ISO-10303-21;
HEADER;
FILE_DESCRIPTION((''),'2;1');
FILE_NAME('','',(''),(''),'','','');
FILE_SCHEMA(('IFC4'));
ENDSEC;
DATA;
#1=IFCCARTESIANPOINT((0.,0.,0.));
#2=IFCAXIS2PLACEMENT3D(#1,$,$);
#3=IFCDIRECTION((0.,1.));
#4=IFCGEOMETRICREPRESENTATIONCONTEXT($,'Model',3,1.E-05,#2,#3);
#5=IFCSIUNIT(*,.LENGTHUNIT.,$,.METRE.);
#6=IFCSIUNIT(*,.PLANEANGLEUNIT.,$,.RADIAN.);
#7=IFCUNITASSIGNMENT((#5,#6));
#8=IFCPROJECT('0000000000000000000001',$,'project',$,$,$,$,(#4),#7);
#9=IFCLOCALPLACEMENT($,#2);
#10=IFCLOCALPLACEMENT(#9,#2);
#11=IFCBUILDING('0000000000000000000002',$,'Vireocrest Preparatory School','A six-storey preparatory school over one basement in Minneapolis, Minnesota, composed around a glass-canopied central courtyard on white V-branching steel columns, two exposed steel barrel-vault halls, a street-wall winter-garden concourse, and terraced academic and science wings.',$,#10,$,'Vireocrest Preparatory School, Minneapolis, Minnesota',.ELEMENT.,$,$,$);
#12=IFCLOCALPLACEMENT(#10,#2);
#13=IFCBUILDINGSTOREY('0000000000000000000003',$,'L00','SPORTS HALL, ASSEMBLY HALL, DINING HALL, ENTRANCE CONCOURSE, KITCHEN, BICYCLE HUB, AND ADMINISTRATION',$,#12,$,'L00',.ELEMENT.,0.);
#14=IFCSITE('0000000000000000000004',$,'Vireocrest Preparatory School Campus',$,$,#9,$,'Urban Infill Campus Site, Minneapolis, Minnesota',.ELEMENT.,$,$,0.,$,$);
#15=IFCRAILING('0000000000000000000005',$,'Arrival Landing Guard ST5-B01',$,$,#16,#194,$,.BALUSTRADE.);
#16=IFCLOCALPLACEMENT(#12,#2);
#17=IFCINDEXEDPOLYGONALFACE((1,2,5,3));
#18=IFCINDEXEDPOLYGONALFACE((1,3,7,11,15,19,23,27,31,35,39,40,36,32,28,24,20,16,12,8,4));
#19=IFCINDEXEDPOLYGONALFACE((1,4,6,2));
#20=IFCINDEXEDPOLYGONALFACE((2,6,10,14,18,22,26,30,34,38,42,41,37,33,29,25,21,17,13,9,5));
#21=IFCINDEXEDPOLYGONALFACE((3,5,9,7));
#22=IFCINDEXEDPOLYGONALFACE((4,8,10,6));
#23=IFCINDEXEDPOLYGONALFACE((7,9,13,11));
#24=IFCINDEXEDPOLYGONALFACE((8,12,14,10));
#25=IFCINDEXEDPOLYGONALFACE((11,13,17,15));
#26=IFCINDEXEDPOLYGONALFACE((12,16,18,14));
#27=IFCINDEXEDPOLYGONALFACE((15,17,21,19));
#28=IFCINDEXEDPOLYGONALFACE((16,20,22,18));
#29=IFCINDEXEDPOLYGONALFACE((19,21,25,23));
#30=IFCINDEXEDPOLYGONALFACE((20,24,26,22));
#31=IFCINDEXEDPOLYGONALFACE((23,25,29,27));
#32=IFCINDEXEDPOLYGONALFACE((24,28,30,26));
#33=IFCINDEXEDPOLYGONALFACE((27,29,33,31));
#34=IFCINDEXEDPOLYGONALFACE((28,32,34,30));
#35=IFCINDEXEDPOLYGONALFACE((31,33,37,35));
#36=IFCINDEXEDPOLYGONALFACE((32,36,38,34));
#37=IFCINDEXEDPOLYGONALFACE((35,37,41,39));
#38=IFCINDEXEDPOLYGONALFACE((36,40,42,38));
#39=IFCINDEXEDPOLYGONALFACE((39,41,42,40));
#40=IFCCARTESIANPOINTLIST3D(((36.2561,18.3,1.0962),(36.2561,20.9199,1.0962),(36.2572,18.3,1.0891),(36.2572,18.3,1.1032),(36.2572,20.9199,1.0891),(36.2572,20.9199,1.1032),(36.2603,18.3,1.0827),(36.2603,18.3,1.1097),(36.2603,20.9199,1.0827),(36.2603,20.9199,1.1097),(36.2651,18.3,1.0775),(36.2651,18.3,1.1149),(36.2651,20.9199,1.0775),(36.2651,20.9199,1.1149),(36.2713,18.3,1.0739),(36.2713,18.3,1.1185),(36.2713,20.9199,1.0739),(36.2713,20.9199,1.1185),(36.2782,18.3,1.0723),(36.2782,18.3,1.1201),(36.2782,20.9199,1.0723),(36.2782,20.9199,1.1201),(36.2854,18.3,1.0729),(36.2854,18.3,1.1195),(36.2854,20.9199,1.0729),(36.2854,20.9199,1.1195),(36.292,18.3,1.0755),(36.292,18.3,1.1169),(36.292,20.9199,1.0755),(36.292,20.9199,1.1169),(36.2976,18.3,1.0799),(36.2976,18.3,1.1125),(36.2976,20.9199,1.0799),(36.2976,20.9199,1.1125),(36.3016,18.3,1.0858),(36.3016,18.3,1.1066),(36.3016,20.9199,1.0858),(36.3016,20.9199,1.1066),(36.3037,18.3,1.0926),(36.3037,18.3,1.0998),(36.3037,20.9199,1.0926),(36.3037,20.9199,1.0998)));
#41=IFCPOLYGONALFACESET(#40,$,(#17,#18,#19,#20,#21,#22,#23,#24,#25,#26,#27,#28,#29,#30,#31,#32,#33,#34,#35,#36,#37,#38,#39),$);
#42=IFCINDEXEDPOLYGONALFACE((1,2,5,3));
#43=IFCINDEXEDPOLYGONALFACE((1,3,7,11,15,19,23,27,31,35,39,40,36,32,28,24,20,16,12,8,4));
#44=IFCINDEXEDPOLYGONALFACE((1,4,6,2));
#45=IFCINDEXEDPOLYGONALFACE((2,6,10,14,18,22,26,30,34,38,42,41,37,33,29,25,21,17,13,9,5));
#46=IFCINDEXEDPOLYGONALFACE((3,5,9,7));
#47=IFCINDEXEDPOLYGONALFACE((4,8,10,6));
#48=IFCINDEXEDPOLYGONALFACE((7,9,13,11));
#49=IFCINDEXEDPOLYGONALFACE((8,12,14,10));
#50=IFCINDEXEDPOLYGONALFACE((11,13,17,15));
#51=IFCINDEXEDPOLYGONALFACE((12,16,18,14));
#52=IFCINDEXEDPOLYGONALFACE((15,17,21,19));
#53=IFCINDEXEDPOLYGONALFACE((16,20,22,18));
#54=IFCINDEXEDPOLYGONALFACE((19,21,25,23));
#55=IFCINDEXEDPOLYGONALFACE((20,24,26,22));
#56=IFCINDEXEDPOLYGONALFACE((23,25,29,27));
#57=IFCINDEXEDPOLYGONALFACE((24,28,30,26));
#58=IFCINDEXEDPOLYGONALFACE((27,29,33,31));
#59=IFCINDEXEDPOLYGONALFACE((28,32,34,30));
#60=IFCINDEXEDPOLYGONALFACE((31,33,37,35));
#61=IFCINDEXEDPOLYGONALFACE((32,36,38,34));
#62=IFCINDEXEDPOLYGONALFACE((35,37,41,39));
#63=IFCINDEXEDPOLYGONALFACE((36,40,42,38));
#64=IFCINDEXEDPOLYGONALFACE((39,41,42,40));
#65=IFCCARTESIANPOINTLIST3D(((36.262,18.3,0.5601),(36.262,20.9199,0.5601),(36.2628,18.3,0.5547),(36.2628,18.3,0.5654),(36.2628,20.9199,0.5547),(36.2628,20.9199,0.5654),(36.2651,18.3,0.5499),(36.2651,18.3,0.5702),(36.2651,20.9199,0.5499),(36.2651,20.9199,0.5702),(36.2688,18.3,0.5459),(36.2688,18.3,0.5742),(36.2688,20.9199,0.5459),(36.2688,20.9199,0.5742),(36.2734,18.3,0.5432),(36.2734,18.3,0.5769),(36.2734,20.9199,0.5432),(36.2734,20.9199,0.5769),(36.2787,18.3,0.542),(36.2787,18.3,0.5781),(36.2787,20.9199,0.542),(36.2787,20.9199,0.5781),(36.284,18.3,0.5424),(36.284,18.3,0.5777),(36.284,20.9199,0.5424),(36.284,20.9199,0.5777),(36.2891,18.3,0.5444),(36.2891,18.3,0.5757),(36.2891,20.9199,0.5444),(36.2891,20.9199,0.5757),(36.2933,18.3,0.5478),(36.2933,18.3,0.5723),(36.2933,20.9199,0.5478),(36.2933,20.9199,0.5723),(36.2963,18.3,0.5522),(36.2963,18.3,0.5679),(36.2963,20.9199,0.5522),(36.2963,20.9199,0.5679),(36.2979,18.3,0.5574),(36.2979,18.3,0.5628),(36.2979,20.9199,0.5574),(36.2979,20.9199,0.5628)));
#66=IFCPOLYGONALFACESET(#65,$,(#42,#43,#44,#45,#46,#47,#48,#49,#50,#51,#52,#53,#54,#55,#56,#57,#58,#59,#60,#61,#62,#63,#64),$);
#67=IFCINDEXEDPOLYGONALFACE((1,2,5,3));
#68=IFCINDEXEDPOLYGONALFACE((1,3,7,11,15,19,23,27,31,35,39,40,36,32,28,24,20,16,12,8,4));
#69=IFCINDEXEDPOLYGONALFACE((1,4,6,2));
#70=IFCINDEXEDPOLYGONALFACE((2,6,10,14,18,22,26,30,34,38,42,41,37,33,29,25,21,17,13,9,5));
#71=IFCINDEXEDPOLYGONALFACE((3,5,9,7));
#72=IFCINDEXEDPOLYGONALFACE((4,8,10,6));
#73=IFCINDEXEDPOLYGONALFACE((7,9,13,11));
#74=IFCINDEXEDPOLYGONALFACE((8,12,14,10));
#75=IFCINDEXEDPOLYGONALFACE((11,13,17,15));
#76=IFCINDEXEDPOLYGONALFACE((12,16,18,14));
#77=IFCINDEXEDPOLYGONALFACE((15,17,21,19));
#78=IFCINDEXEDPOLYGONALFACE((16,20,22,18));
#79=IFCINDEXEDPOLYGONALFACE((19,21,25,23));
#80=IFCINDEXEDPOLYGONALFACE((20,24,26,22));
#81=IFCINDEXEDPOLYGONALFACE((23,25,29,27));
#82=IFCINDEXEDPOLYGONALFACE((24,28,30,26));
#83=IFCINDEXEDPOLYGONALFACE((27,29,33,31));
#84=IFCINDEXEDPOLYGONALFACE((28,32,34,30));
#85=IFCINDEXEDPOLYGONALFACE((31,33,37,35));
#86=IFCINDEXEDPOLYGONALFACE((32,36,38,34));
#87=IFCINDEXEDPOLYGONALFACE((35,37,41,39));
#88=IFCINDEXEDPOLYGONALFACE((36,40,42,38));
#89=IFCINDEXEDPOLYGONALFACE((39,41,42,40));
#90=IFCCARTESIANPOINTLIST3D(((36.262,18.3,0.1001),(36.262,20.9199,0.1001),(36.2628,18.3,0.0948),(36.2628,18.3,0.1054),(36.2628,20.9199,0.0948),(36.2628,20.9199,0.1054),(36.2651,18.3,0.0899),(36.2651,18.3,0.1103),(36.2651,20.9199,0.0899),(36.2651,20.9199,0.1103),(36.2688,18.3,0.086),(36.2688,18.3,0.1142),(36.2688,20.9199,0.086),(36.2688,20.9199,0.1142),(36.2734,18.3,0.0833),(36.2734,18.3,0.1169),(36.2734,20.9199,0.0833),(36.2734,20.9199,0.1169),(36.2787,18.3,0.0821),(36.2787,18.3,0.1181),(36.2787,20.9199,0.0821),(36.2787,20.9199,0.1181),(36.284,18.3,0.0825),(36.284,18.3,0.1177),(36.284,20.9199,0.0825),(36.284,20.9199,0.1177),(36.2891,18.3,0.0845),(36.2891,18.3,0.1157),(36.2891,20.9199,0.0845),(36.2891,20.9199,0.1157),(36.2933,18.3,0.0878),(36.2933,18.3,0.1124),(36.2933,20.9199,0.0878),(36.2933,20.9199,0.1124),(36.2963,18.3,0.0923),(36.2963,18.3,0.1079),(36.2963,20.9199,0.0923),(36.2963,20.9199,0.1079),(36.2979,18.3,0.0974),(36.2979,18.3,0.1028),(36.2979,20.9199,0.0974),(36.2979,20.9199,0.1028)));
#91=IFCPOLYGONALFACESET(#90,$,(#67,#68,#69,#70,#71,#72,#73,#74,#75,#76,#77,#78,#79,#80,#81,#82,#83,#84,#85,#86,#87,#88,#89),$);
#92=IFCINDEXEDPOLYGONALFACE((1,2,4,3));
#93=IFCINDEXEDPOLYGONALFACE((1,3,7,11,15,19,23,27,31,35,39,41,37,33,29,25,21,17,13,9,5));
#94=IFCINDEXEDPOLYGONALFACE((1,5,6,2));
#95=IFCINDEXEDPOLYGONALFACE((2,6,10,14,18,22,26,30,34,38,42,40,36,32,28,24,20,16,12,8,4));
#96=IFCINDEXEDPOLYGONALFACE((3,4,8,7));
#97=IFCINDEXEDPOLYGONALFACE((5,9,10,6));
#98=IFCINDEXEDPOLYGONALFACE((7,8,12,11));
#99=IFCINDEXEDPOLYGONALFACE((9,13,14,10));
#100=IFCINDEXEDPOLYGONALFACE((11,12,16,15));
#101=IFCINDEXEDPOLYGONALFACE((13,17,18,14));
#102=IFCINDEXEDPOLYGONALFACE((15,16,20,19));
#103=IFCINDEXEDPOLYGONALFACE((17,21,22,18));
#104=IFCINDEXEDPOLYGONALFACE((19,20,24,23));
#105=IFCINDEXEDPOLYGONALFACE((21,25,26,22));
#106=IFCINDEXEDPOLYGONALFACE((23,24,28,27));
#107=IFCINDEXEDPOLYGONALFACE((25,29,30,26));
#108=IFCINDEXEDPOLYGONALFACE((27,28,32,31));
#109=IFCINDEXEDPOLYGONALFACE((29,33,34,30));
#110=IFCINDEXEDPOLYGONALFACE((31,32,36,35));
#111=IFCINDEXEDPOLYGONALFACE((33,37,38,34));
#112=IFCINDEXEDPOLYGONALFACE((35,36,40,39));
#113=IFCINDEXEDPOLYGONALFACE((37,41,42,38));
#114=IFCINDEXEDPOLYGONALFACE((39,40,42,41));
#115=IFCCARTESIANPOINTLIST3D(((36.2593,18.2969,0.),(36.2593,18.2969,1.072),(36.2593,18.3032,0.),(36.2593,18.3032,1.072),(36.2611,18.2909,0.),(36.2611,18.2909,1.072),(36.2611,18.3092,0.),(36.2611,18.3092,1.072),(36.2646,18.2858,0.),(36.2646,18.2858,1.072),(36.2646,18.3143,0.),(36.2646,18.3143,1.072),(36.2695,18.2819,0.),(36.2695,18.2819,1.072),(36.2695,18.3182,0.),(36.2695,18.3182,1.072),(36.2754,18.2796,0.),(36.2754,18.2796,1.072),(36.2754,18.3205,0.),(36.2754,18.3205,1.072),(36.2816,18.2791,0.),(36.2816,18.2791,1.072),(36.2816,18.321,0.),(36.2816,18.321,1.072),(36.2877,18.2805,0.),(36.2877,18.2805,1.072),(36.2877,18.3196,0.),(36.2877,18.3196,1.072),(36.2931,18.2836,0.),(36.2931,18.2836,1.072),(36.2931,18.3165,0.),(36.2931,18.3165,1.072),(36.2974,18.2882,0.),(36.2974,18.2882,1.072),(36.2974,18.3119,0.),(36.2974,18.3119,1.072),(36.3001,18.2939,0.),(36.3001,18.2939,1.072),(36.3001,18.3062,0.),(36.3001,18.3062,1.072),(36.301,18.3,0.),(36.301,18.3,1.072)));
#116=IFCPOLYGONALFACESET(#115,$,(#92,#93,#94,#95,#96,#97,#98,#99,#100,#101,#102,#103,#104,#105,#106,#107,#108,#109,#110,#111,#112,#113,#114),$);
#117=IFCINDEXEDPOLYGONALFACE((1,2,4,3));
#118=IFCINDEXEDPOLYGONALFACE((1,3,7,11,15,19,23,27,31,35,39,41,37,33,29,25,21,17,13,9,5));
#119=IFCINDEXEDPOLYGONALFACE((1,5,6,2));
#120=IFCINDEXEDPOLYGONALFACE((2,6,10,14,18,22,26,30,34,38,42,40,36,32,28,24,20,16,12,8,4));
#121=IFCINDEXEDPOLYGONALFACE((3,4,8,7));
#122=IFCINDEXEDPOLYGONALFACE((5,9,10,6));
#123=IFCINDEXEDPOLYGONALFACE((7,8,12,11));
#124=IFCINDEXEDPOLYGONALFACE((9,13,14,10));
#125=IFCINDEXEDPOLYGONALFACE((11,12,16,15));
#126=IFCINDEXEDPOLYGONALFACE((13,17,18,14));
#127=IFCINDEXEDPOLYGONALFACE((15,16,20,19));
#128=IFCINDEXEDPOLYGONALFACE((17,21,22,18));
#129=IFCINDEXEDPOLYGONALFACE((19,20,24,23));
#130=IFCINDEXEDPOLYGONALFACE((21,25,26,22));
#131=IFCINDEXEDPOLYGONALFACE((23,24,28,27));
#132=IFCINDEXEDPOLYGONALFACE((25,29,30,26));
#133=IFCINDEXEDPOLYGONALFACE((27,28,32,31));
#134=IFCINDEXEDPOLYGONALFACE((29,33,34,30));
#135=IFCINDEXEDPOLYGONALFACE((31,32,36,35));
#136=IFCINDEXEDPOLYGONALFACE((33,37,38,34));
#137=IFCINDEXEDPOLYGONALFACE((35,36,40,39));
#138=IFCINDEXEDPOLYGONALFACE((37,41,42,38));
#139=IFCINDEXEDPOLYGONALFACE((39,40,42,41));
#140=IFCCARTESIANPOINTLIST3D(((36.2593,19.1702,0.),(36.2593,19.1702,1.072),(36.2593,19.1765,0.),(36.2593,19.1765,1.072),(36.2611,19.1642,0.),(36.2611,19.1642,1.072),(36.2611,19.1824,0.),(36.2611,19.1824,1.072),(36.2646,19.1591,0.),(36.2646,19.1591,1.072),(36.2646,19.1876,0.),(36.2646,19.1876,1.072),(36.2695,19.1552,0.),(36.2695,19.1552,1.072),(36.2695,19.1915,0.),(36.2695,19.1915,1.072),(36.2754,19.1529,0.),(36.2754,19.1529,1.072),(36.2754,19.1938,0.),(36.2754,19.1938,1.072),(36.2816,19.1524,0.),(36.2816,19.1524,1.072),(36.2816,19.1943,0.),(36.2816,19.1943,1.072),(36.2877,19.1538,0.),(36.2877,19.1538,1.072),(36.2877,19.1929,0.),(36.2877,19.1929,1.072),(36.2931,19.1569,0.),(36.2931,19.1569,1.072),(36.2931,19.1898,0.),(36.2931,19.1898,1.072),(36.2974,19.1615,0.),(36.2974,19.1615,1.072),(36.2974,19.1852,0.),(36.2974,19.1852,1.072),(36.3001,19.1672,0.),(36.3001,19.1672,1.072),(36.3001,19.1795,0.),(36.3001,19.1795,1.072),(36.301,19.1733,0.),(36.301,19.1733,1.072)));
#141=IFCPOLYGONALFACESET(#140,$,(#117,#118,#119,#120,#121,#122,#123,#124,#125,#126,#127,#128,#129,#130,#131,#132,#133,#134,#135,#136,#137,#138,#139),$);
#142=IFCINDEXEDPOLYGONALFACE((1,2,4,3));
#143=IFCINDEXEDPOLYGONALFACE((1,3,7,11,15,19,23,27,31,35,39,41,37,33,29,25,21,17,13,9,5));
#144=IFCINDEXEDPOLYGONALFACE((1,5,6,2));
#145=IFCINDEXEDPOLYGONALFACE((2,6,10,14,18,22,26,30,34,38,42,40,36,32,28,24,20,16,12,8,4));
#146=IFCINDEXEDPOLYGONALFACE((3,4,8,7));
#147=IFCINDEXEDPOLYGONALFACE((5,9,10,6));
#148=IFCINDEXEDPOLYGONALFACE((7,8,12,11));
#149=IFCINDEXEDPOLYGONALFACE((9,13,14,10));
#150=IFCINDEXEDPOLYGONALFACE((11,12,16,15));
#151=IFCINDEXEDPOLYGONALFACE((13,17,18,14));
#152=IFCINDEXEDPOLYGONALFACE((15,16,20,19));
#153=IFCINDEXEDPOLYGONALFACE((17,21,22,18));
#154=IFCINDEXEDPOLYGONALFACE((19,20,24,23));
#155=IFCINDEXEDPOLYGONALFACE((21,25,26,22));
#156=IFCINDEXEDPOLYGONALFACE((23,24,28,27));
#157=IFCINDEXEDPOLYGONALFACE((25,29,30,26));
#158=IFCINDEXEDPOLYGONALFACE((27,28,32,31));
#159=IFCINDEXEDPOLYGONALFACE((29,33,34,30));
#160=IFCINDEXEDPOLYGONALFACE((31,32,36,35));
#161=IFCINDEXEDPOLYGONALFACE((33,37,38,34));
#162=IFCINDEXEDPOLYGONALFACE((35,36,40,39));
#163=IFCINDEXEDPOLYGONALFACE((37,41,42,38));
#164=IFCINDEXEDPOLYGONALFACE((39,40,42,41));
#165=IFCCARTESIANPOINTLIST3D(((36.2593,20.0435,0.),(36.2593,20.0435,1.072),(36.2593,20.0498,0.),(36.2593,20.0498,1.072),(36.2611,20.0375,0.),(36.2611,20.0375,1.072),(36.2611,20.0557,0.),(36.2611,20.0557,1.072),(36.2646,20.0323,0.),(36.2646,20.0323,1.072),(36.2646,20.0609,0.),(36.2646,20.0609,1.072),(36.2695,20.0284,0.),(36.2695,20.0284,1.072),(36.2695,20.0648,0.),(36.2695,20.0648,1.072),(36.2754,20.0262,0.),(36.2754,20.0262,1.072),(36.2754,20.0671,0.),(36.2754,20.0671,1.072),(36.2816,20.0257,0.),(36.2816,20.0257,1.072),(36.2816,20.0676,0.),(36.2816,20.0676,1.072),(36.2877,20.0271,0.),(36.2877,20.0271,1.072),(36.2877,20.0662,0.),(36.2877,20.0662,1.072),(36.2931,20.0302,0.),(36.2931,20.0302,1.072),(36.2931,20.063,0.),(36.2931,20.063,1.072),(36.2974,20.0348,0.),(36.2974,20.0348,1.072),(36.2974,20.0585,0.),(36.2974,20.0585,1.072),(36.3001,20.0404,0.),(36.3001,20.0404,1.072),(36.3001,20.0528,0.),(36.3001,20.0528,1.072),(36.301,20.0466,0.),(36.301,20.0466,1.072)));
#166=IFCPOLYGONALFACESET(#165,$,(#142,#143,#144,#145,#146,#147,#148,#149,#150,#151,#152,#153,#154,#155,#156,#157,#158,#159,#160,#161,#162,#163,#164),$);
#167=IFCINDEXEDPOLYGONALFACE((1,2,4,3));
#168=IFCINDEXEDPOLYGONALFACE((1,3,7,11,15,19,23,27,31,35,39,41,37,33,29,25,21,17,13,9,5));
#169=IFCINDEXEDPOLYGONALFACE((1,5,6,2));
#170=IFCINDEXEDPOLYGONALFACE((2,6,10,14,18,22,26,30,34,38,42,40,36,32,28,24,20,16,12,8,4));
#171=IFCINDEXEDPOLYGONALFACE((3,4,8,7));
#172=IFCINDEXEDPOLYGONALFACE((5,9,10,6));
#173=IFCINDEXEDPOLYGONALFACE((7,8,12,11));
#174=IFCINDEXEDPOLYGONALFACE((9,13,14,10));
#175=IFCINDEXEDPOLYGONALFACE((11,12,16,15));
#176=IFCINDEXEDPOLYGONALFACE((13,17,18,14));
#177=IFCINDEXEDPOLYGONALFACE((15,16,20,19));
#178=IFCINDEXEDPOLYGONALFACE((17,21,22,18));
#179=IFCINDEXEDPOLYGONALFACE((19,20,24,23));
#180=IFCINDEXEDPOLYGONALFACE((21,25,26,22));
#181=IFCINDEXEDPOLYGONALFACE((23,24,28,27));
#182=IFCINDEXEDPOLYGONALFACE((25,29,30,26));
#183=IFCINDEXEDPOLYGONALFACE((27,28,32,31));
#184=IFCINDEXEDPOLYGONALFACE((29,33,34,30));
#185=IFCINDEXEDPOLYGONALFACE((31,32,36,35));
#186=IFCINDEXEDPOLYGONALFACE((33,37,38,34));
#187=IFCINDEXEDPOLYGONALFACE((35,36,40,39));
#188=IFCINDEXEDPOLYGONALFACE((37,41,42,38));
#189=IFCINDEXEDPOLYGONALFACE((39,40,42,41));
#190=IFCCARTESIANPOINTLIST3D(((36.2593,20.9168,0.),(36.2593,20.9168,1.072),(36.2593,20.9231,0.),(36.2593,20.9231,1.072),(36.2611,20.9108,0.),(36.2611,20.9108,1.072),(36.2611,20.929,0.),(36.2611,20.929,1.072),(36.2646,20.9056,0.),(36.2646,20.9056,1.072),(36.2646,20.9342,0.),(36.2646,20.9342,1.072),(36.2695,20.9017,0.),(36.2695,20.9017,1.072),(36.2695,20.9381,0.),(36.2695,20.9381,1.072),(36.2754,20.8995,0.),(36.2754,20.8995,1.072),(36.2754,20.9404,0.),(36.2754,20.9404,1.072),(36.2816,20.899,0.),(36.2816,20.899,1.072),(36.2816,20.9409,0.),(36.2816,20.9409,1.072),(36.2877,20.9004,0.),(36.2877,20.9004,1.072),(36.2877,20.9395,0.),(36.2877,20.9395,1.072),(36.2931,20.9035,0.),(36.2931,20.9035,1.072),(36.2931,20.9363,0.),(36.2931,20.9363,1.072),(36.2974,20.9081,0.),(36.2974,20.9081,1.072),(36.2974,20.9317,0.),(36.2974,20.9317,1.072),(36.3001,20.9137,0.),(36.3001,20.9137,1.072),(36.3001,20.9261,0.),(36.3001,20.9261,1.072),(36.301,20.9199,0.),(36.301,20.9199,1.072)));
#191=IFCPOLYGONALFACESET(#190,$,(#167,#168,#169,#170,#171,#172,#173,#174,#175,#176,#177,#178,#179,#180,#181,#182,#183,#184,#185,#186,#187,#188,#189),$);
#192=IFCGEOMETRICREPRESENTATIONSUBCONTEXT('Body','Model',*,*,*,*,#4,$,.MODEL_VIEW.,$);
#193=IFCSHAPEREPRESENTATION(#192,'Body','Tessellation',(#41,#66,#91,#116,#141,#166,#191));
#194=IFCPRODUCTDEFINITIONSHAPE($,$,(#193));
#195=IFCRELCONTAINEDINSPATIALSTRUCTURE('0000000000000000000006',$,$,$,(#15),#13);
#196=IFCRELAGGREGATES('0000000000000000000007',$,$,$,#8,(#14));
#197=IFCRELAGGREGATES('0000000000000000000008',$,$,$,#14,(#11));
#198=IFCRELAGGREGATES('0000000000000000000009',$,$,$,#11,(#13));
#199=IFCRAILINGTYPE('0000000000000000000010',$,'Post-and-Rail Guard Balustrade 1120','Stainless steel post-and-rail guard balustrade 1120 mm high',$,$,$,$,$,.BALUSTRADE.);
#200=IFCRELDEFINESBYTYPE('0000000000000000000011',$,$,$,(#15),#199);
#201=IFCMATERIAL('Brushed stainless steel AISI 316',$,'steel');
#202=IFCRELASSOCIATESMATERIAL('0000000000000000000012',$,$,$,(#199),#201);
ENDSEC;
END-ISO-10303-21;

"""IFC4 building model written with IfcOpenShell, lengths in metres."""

from ifc_helpers import new_model, si_unit, direction, frame, origin, origin_2d, place, context, subcontext, project, spatial, circle, extrude, material, type_object, element, save


model = new_model("IFC4")

# Units and contexts
model_context = context("Model", 3, precision=1e-05, world=origin(), true_north=direction((0.0, 1.0)))
body_context = subcontext(model_context, "Body", "Model", "MODEL_VIEW")
ifc_project = project(units=[si_unit("LENGTHUNIT", "METRE"), si_unit("PLANEANGLEUNIT", "RADIAN")], contexts=[model_context])

# Site, building, storey
site_placement = place(None, origin())
site = spatial("IfcSite", under=ifc_project, at=site_placement, Name="Vireocrest Preparatory School Campus", LongName="Urban Infill Campus Site, Minneapolis, Minnesota", CompositionType="ELEMENT", RefElevation=0.0)
building_placement = place(site_placement, origin())
building = spatial("IfcBuilding", under=site, at=building_placement, Name="Vireocrest Preparatory School", Description="A six-storey preparatory school over one basement in Minneapolis, Minnesota, composed around a glass-canopied central courtyard on white V-branching steel columns, two exposed steel barrel-vault halls, a street-wall winter-garden concourse, and terraced academic and science wings.", LongName="Vireocrest Preparatory School, Minneapolis, Minnesota", CompositionType="ELEMENT")
storey_placement = place(building_placement, origin())
storey = spatial("IfcBuildingStorey", under=building, at=storey_placement, Name="L00", Description="SPORTS HALL, ASSEMBLY HALL, DINING HALL, ENTRANCE CONCOURSE, KITCHEN, BICYCLE HUB, AND ADMINISTRATION", LongName="L00", CompositionType="ELEMENT", Elevation=0.0)

# Railing
ifc_material_1 = material(Name="Brushed stainless steel AISI 316", Category="steel")
railing_type_1 = type_object("IfcRailingType", Name="Post-and-Rail Guard Balustrade 1120", Description="Stainless steel post-and-rail guard balustrade 1120 mm high", PredefinedType="BALUSTRADE", material=ifc_material_1)
railing_1_placement = place(storey_placement, frame((36.28, 18.3, 0.0)))
element("IfcRailing", 1, at=railing_1_placement, inside=storey, type_object=railing_type_1, Name="Arrival Landing Guard ST5-B01", PredefinedType="BALUSTRADE", context=body_context, shape_type="SweptSolid", body=[
    extrude(circle(Radius=0.0239, at=origin_2d()), frame((0.0, 0.0, 1.0962), z_axis=(0.0, 1.0, 0.0), x_axis=(-1.0, 0.0, 0.0)), (0.0, 0.0, 1.0), 2.6199),
    extrude(circle(Radius=0.0181, at=origin_2d()), frame((0.0, 0.0, 0.5601), z_axis=(0.0, 1.0, 0.0), x_axis=(-1.0, 0.0, 0.0)), (0.0, 0.0, 1.0), 2.6199),
    extrude(circle(Radius=0.0181, at=origin_2d()), frame((0.0, 0.0, 0.1001), z_axis=(0.0, 1.0, 0.0), x_axis=(-1.0, 0.0, 0.0)), (0.0, 0.0, 1.0), 2.6199),
    extrude(circle(Radius=0.021, at=origin_2d()), origin(), (0.0, 0.0, 1.0), 1.072),
    extrude(circle(Radius=0.021, at=origin_2d()), frame((0.0, 0.8733, 0.0)), (0.0, 0.0, 1.0), 1.072),
    extrude(circle(Radius=0.021, at=origin_2d()), frame((0.0, 1.7466, 0.0)), (0.0, 0.0, 1.0), 1.072),
    extrude(circle(Radius=0.021, at=origin_2d()), frame((0.0, 2.6199, 0.0)), (0.0, 0.0, 1.0), 1.072),
])

save(model, "model.ifc")
